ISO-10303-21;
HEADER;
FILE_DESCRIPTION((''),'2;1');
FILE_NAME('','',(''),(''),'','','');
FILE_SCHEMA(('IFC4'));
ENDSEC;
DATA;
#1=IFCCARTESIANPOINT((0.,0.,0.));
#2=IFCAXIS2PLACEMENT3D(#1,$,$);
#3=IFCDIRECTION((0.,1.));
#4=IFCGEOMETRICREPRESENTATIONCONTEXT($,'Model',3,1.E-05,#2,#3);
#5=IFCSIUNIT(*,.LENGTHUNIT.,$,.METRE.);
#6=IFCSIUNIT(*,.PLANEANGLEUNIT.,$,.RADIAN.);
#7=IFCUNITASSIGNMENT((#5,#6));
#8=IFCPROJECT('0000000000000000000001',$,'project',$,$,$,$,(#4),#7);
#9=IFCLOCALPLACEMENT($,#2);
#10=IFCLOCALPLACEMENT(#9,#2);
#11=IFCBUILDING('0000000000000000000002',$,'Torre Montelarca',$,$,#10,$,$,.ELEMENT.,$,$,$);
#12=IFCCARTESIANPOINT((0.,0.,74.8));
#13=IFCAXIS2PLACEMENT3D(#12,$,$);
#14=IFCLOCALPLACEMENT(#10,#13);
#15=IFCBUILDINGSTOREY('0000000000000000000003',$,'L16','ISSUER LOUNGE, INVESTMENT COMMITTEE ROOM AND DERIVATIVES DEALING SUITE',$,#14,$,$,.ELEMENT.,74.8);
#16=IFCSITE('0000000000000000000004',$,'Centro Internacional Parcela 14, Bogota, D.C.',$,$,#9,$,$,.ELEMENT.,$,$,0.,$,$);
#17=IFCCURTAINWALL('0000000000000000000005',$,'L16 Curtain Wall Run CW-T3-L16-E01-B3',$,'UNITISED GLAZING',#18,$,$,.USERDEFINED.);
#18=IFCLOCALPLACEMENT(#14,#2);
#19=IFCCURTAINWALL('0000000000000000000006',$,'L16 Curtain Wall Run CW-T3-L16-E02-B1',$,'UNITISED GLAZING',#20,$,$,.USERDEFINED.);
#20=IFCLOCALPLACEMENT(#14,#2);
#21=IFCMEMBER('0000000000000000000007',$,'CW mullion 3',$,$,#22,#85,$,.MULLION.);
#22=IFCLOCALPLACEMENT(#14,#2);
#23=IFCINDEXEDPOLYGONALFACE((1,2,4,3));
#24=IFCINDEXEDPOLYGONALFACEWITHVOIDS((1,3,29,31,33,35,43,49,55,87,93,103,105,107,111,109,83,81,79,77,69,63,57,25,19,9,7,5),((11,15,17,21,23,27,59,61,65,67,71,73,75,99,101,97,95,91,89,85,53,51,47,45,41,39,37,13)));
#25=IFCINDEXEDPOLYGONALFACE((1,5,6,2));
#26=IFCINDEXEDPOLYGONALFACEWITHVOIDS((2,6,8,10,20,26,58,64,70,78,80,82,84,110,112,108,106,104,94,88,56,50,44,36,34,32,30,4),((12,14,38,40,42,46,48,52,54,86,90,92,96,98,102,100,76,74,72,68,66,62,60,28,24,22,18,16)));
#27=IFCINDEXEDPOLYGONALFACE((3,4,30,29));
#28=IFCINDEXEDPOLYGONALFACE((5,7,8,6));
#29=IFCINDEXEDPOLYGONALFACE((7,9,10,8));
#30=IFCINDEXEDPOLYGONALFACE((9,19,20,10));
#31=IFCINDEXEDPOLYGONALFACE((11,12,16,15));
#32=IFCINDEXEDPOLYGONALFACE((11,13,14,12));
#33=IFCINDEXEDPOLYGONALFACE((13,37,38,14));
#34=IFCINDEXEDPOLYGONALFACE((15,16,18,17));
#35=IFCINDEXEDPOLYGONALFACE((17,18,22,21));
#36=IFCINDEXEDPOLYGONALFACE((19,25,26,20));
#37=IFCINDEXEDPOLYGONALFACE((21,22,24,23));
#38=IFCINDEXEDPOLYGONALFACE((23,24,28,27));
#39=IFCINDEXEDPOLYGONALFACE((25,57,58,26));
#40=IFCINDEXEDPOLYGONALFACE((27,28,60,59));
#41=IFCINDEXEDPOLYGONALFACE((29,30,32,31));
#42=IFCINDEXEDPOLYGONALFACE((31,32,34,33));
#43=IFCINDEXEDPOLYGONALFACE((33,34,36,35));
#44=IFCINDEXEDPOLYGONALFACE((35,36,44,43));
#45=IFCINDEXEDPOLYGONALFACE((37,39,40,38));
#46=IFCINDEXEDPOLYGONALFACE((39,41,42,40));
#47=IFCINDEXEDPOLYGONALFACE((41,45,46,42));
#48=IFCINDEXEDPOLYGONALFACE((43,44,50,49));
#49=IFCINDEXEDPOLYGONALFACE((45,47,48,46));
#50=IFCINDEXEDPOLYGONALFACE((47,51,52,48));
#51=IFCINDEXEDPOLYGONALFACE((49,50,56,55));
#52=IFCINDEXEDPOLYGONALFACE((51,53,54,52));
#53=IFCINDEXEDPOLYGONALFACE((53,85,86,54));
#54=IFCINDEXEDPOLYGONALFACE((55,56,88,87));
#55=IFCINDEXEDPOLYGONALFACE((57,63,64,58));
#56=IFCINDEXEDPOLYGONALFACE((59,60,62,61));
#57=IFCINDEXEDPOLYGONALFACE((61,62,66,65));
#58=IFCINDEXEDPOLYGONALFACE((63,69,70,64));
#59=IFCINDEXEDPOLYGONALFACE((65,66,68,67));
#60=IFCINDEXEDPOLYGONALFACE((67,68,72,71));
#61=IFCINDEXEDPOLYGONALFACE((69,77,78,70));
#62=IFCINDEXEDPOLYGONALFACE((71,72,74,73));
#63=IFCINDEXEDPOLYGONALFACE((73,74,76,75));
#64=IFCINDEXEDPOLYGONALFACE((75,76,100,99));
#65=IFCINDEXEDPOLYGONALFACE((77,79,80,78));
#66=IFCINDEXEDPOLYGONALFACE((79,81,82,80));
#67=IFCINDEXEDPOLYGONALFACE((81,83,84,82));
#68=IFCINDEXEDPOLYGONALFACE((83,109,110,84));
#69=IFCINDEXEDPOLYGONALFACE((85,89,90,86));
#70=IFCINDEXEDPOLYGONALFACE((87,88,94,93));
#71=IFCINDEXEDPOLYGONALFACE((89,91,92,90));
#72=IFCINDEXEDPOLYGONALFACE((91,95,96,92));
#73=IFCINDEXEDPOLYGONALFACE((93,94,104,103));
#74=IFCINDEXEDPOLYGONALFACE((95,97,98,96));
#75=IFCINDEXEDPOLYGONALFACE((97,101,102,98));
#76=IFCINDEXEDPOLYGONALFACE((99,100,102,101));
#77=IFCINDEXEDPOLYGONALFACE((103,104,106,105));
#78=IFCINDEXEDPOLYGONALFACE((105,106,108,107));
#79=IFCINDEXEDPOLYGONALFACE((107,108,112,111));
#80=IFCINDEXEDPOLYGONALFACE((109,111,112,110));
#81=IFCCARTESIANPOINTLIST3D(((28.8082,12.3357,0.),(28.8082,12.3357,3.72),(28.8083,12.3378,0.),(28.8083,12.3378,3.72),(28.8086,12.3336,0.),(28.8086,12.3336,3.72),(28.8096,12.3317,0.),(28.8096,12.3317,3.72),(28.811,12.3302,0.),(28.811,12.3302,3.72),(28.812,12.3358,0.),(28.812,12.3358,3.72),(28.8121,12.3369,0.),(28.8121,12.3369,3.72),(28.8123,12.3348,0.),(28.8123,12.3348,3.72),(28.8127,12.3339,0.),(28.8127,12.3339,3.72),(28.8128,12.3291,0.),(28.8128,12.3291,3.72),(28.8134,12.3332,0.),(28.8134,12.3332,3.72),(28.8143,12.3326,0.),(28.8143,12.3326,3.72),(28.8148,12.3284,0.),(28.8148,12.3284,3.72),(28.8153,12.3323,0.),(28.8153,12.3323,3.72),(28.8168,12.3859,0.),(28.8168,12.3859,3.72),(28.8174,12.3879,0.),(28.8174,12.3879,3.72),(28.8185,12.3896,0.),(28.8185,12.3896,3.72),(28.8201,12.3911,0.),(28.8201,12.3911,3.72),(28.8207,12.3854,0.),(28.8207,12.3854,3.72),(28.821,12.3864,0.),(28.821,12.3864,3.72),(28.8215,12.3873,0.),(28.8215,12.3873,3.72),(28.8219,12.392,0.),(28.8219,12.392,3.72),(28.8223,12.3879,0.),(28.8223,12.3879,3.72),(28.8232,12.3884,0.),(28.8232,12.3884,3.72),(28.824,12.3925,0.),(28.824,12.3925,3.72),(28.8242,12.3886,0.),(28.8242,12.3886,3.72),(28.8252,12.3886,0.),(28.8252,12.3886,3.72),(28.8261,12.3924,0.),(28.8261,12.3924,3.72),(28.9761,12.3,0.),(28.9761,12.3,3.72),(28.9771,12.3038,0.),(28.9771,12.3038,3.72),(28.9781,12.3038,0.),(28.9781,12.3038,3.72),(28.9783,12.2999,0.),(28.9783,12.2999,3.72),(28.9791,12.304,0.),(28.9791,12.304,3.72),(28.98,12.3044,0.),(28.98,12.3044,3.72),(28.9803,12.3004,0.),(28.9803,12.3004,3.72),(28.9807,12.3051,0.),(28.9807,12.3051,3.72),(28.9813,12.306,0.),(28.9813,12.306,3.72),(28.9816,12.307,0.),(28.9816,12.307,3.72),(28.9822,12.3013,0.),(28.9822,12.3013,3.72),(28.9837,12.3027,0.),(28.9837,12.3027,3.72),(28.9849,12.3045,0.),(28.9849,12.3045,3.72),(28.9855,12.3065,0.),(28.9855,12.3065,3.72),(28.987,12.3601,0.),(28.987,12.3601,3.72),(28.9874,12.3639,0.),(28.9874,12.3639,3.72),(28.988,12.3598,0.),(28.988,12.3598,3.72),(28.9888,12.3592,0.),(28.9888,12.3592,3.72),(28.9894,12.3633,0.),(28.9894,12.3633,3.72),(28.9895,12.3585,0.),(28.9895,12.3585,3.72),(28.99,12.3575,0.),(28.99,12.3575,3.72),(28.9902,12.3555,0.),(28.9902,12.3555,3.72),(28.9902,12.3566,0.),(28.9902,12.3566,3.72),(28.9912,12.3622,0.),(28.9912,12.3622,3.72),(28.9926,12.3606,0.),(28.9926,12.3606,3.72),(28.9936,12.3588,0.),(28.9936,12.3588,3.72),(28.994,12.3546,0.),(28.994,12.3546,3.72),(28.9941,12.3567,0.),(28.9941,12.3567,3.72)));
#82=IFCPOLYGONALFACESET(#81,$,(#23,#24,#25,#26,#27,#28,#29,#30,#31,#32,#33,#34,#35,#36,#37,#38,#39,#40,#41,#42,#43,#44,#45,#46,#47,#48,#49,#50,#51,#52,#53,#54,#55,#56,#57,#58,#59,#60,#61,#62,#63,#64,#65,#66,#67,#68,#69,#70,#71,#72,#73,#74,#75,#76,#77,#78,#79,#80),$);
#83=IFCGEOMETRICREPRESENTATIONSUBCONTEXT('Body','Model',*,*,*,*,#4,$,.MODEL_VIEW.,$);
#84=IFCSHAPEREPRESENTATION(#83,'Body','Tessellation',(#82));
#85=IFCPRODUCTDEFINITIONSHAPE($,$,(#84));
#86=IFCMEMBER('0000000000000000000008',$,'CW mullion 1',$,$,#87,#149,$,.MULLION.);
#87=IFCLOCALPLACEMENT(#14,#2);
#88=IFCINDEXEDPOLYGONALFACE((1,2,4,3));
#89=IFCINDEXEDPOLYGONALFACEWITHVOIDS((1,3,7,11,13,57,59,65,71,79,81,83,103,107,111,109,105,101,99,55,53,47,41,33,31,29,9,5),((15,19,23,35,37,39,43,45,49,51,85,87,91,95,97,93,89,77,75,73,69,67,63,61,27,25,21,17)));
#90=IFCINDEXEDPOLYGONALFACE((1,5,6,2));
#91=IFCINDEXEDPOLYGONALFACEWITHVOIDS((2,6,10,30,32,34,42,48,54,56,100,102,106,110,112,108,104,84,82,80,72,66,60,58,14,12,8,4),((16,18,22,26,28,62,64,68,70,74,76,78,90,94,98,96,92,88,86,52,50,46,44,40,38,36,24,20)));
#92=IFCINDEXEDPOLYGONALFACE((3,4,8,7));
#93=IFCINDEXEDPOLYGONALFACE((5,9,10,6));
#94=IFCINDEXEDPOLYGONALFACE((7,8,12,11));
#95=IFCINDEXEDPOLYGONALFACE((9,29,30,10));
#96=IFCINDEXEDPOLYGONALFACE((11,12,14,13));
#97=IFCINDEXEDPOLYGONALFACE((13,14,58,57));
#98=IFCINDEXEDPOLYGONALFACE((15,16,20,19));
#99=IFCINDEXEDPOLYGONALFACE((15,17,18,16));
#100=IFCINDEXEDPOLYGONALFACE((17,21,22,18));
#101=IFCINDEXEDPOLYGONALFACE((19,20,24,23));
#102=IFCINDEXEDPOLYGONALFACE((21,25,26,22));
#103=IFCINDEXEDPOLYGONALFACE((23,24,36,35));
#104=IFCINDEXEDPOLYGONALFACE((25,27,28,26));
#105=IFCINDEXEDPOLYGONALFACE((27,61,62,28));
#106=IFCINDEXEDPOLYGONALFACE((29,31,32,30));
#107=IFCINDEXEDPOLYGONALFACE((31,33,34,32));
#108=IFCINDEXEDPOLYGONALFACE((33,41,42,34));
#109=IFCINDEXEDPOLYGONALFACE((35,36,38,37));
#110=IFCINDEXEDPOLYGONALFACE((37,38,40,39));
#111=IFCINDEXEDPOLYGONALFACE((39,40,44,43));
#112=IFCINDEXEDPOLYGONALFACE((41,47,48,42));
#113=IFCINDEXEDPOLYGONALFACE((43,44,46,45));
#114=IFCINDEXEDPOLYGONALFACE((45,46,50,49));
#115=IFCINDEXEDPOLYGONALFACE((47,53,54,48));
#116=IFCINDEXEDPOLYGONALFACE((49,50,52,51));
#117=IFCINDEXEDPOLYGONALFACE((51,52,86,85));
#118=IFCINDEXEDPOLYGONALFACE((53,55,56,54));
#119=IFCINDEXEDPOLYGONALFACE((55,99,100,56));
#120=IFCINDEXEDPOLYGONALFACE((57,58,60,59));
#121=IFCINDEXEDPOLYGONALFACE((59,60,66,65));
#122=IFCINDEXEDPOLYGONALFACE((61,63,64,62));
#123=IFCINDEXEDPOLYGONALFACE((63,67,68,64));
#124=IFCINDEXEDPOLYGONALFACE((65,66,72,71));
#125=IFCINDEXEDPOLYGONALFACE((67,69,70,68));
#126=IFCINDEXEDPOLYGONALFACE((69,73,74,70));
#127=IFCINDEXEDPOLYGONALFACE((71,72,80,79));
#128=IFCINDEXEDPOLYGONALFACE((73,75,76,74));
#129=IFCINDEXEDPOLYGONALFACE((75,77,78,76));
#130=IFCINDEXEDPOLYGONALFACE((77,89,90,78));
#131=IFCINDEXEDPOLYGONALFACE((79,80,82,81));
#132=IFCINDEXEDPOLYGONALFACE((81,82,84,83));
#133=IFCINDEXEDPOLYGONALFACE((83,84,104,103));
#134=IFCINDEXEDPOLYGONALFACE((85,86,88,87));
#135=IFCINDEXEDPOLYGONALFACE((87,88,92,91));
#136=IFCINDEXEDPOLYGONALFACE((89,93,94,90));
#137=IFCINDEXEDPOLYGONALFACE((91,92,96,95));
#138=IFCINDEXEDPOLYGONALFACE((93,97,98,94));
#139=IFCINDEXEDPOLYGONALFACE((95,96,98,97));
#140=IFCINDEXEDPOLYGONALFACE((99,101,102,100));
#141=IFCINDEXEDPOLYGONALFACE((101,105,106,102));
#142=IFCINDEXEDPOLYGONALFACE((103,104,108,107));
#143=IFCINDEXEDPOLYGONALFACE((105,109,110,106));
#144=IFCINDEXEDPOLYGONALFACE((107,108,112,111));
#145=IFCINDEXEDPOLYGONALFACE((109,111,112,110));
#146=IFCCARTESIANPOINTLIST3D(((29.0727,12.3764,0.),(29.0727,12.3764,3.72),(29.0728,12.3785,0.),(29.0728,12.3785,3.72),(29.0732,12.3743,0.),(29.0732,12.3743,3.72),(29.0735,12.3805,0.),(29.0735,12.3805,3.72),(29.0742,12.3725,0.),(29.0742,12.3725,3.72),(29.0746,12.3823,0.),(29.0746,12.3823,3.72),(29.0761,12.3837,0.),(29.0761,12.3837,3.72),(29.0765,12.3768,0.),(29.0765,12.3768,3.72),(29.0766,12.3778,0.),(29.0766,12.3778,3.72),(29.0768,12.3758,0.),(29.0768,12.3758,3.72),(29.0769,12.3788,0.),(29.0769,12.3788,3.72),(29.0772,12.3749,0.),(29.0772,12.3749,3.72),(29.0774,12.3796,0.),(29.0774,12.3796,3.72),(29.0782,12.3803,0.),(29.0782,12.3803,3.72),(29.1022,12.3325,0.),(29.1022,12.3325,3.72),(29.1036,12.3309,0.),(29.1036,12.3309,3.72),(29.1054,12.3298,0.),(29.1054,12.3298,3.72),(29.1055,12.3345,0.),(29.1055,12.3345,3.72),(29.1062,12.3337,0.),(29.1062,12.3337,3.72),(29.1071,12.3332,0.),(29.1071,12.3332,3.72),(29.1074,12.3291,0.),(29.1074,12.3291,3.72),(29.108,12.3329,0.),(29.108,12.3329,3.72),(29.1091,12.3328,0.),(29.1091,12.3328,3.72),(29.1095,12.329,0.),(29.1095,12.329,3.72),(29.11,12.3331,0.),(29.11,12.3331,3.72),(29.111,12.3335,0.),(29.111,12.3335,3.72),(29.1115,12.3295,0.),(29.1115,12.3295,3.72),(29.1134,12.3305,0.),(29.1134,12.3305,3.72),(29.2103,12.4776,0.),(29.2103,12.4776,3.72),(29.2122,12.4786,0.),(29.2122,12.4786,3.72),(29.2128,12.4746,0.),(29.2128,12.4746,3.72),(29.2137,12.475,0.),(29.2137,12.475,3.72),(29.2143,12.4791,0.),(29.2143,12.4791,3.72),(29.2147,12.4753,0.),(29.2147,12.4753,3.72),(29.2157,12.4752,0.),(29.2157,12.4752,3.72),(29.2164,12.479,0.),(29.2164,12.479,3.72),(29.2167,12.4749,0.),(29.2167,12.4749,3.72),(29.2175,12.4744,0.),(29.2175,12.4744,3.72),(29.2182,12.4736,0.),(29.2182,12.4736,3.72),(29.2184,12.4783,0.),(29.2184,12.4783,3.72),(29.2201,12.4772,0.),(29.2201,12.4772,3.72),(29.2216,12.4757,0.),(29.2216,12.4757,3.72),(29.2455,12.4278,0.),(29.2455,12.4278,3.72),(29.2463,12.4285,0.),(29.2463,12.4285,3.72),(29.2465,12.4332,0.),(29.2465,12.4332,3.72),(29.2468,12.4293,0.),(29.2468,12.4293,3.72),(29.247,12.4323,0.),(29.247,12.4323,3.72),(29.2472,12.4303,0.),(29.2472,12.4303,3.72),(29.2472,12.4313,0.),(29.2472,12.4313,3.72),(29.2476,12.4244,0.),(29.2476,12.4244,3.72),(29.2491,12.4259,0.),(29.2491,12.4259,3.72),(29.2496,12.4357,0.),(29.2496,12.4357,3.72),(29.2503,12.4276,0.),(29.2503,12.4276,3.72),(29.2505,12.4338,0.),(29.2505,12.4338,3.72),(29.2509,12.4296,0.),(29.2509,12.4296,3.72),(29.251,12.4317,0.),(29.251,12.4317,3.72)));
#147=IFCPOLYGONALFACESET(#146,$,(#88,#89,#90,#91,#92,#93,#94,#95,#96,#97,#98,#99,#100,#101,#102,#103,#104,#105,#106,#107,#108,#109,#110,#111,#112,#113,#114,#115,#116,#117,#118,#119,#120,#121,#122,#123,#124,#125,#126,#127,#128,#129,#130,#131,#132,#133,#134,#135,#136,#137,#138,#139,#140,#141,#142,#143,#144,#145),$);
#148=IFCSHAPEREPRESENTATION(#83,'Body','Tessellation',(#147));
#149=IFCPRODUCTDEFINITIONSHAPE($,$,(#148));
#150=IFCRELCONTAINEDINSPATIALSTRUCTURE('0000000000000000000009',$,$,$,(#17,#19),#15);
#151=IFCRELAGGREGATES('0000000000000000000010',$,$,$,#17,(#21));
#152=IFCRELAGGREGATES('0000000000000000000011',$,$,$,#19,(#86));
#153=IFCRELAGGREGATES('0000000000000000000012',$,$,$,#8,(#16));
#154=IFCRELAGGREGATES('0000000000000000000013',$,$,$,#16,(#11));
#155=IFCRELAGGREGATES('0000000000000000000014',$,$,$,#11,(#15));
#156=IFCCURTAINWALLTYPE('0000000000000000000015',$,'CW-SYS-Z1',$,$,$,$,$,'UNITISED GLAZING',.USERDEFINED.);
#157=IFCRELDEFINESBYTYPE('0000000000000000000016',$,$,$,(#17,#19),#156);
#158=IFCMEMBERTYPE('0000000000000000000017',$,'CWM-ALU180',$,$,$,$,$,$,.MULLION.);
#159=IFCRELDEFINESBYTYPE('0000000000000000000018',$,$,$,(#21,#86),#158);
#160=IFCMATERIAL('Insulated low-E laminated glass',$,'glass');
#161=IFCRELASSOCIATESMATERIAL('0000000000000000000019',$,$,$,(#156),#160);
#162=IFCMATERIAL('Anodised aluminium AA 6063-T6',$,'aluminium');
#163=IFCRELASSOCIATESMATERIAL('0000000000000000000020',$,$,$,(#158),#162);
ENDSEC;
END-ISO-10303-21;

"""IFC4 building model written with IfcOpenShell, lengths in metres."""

from ifc_helpers import new_model, si_unit, direction, frame, origin, origin_2d, place, context, subcontext, project, spatial, hollow_rectangle, extrude, source, transform, mapped, material, material_profile, profile_set, type_object, element, aggregate, save


model = new_model("IFC4")

# Units and contexts
model_context = context("Model", 3, precision=1e-05, world=origin(), true_north=direction((0.0, 1.0)))
body_context = subcontext(model_context, "Body", "Model", "MODEL_VIEW")
ifc_project = project(units=[si_unit("LENGTHUNIT", "METRE"), si_unit("PLANEANGLEUNIT", "RADIAN")], contexts=[model_context])

# Site, building, storey
site_placement = place(None, origin())
site = spatial("IfcSite", under=ifc_project, at=site_placement, Name="Centro Internacional Parcela 14, Bogota, D.C.", CompositionType="ELEMENT", RefElevation=0.0)
building_placement = place(site_placement, origin())
building = spatial("IfcBuilding", under=site, at=building_placement, Name="Torre Montelarca", CompositionType="ELEMENT")
storey_placement = place(building_placement, frame((0.0, 0.0, 74.8)))
storey = spatial("IfcBuildingStorey", under=building, at=storey_placement, Name="L16", Description="ISSUER LOUNGE, INVESTMENT COMMITTEE ROOM AND DERIVATIVES DEALING SUITE", CompositionType="ELEMENT", Elevation=74.8)

# Curtain walls
ifc_material_1 = material(Name="Insulated low-E laminated glass", Category="glass")
curtain_wall_type = type_object("IfcCurtainWallType", Name="CW-SYS-Z1", ElementType="UNITISED GLAZING", PredefinedType="USERDEFINED", material=ifc_material_1)
curtain_wall_1_placement = place(storey_placement, origin())
curtain_wall_1 = element("IfcCurtainWall", 1, at=curtain_wall_1_placement, inside=storey, type_object=curtain_wall_type, Name="L16 Curtain Wall Run CW-T3-L16-E01-B3", ObjectType="UNITISED GLAZING", PredefinedType="USERDEFINED")
ifc_material_2 = material(Name="Anodised aluminium AA 6063-T6", Category="aluminium")
curtain_wall_2_placement = place(storey_placement, origin())
curtain_wall_2 = element("IfcCurtainWall", 2, at=curtain_wall_2_placement, inside=storey, type_object=curtain_wall_type, Name="L16 Curtain Wall Run CW-T3-L16-E02-B1", ObjectType="UNITISED GLAZING", PredefinedType="USERDEFINED")

# Shared definitions
ifc_material_profile_1 = material_profile(ifc_material_2, hollow_rectangle(XDim=0.0649, YDim=0.1799, WallThickness=0.0039, InnerFilletRadius=0.0039, OuterFilletRadius=0.0081, at=origin_2d()), Name="ALU65X180X4", Category="aluminium")
ifc_profile_set_1 = profile_set([ifc_material_profile_1], Name="Anodised aluminium AA 6063-T6")
member_type_1 = type_object("IfcMemberType", Name="CWM-ALU180", PredefinedType="MULLION", material=ifc_profile_set_1)
shared_shape_1 = source(origin(), body_context, "Body", "SweptSolid", [
    extrude(hollow_rectangle(XDim=0.0649, YDim=0.1799, WallThickness=0.0039, InnerFilletRadius=0.0039, OuterFilletRadius=0.0081, at=origin_2d()), origin(), (0.0, 0.0, 1.0), 3.72),
])

# Members
member_1_placement = place(storey_placement, frame((28.9011, 12.3462, 0.0), z_axis=(0.0, 0.0, 1.0), x_axis=(0.173637, 0.98481, 0.0)))
member_1 = element("IfcMember", 3, at=member_1_placement, type_object=member_type_1, Name="CW mullion 3", PredefinedType="MULLION", context=body_context, shape_type="MappedRepresentation", body=[
    mapped(shared_shape_1, transform((0.0, 0.0, 0.0), scale=1.0)),
])
member_2_placement = place(storey_placement, frame((29.1619, 12.4041, 0.0), z_axis=(0.0, 0.0, 1.0), x_axis=(-0.573561, 0.819163, 0.0)))
member_2 = element("IfcMember", 4, at=member_2_placement, type_object=member_type_1, Name="CW mullion 1", PredefinedType="MULLION", context=body_context, shape_type="MappedRepresentation", body=[
    mapped(shared_shape_1, transform((0.0, 0.0, 0.0), scale=1.0)),
])

aggregate(curtain_wall_1, [member_1])
aggregate(curtain_wall_2, [member_2])

save(model, "model.ifc")
